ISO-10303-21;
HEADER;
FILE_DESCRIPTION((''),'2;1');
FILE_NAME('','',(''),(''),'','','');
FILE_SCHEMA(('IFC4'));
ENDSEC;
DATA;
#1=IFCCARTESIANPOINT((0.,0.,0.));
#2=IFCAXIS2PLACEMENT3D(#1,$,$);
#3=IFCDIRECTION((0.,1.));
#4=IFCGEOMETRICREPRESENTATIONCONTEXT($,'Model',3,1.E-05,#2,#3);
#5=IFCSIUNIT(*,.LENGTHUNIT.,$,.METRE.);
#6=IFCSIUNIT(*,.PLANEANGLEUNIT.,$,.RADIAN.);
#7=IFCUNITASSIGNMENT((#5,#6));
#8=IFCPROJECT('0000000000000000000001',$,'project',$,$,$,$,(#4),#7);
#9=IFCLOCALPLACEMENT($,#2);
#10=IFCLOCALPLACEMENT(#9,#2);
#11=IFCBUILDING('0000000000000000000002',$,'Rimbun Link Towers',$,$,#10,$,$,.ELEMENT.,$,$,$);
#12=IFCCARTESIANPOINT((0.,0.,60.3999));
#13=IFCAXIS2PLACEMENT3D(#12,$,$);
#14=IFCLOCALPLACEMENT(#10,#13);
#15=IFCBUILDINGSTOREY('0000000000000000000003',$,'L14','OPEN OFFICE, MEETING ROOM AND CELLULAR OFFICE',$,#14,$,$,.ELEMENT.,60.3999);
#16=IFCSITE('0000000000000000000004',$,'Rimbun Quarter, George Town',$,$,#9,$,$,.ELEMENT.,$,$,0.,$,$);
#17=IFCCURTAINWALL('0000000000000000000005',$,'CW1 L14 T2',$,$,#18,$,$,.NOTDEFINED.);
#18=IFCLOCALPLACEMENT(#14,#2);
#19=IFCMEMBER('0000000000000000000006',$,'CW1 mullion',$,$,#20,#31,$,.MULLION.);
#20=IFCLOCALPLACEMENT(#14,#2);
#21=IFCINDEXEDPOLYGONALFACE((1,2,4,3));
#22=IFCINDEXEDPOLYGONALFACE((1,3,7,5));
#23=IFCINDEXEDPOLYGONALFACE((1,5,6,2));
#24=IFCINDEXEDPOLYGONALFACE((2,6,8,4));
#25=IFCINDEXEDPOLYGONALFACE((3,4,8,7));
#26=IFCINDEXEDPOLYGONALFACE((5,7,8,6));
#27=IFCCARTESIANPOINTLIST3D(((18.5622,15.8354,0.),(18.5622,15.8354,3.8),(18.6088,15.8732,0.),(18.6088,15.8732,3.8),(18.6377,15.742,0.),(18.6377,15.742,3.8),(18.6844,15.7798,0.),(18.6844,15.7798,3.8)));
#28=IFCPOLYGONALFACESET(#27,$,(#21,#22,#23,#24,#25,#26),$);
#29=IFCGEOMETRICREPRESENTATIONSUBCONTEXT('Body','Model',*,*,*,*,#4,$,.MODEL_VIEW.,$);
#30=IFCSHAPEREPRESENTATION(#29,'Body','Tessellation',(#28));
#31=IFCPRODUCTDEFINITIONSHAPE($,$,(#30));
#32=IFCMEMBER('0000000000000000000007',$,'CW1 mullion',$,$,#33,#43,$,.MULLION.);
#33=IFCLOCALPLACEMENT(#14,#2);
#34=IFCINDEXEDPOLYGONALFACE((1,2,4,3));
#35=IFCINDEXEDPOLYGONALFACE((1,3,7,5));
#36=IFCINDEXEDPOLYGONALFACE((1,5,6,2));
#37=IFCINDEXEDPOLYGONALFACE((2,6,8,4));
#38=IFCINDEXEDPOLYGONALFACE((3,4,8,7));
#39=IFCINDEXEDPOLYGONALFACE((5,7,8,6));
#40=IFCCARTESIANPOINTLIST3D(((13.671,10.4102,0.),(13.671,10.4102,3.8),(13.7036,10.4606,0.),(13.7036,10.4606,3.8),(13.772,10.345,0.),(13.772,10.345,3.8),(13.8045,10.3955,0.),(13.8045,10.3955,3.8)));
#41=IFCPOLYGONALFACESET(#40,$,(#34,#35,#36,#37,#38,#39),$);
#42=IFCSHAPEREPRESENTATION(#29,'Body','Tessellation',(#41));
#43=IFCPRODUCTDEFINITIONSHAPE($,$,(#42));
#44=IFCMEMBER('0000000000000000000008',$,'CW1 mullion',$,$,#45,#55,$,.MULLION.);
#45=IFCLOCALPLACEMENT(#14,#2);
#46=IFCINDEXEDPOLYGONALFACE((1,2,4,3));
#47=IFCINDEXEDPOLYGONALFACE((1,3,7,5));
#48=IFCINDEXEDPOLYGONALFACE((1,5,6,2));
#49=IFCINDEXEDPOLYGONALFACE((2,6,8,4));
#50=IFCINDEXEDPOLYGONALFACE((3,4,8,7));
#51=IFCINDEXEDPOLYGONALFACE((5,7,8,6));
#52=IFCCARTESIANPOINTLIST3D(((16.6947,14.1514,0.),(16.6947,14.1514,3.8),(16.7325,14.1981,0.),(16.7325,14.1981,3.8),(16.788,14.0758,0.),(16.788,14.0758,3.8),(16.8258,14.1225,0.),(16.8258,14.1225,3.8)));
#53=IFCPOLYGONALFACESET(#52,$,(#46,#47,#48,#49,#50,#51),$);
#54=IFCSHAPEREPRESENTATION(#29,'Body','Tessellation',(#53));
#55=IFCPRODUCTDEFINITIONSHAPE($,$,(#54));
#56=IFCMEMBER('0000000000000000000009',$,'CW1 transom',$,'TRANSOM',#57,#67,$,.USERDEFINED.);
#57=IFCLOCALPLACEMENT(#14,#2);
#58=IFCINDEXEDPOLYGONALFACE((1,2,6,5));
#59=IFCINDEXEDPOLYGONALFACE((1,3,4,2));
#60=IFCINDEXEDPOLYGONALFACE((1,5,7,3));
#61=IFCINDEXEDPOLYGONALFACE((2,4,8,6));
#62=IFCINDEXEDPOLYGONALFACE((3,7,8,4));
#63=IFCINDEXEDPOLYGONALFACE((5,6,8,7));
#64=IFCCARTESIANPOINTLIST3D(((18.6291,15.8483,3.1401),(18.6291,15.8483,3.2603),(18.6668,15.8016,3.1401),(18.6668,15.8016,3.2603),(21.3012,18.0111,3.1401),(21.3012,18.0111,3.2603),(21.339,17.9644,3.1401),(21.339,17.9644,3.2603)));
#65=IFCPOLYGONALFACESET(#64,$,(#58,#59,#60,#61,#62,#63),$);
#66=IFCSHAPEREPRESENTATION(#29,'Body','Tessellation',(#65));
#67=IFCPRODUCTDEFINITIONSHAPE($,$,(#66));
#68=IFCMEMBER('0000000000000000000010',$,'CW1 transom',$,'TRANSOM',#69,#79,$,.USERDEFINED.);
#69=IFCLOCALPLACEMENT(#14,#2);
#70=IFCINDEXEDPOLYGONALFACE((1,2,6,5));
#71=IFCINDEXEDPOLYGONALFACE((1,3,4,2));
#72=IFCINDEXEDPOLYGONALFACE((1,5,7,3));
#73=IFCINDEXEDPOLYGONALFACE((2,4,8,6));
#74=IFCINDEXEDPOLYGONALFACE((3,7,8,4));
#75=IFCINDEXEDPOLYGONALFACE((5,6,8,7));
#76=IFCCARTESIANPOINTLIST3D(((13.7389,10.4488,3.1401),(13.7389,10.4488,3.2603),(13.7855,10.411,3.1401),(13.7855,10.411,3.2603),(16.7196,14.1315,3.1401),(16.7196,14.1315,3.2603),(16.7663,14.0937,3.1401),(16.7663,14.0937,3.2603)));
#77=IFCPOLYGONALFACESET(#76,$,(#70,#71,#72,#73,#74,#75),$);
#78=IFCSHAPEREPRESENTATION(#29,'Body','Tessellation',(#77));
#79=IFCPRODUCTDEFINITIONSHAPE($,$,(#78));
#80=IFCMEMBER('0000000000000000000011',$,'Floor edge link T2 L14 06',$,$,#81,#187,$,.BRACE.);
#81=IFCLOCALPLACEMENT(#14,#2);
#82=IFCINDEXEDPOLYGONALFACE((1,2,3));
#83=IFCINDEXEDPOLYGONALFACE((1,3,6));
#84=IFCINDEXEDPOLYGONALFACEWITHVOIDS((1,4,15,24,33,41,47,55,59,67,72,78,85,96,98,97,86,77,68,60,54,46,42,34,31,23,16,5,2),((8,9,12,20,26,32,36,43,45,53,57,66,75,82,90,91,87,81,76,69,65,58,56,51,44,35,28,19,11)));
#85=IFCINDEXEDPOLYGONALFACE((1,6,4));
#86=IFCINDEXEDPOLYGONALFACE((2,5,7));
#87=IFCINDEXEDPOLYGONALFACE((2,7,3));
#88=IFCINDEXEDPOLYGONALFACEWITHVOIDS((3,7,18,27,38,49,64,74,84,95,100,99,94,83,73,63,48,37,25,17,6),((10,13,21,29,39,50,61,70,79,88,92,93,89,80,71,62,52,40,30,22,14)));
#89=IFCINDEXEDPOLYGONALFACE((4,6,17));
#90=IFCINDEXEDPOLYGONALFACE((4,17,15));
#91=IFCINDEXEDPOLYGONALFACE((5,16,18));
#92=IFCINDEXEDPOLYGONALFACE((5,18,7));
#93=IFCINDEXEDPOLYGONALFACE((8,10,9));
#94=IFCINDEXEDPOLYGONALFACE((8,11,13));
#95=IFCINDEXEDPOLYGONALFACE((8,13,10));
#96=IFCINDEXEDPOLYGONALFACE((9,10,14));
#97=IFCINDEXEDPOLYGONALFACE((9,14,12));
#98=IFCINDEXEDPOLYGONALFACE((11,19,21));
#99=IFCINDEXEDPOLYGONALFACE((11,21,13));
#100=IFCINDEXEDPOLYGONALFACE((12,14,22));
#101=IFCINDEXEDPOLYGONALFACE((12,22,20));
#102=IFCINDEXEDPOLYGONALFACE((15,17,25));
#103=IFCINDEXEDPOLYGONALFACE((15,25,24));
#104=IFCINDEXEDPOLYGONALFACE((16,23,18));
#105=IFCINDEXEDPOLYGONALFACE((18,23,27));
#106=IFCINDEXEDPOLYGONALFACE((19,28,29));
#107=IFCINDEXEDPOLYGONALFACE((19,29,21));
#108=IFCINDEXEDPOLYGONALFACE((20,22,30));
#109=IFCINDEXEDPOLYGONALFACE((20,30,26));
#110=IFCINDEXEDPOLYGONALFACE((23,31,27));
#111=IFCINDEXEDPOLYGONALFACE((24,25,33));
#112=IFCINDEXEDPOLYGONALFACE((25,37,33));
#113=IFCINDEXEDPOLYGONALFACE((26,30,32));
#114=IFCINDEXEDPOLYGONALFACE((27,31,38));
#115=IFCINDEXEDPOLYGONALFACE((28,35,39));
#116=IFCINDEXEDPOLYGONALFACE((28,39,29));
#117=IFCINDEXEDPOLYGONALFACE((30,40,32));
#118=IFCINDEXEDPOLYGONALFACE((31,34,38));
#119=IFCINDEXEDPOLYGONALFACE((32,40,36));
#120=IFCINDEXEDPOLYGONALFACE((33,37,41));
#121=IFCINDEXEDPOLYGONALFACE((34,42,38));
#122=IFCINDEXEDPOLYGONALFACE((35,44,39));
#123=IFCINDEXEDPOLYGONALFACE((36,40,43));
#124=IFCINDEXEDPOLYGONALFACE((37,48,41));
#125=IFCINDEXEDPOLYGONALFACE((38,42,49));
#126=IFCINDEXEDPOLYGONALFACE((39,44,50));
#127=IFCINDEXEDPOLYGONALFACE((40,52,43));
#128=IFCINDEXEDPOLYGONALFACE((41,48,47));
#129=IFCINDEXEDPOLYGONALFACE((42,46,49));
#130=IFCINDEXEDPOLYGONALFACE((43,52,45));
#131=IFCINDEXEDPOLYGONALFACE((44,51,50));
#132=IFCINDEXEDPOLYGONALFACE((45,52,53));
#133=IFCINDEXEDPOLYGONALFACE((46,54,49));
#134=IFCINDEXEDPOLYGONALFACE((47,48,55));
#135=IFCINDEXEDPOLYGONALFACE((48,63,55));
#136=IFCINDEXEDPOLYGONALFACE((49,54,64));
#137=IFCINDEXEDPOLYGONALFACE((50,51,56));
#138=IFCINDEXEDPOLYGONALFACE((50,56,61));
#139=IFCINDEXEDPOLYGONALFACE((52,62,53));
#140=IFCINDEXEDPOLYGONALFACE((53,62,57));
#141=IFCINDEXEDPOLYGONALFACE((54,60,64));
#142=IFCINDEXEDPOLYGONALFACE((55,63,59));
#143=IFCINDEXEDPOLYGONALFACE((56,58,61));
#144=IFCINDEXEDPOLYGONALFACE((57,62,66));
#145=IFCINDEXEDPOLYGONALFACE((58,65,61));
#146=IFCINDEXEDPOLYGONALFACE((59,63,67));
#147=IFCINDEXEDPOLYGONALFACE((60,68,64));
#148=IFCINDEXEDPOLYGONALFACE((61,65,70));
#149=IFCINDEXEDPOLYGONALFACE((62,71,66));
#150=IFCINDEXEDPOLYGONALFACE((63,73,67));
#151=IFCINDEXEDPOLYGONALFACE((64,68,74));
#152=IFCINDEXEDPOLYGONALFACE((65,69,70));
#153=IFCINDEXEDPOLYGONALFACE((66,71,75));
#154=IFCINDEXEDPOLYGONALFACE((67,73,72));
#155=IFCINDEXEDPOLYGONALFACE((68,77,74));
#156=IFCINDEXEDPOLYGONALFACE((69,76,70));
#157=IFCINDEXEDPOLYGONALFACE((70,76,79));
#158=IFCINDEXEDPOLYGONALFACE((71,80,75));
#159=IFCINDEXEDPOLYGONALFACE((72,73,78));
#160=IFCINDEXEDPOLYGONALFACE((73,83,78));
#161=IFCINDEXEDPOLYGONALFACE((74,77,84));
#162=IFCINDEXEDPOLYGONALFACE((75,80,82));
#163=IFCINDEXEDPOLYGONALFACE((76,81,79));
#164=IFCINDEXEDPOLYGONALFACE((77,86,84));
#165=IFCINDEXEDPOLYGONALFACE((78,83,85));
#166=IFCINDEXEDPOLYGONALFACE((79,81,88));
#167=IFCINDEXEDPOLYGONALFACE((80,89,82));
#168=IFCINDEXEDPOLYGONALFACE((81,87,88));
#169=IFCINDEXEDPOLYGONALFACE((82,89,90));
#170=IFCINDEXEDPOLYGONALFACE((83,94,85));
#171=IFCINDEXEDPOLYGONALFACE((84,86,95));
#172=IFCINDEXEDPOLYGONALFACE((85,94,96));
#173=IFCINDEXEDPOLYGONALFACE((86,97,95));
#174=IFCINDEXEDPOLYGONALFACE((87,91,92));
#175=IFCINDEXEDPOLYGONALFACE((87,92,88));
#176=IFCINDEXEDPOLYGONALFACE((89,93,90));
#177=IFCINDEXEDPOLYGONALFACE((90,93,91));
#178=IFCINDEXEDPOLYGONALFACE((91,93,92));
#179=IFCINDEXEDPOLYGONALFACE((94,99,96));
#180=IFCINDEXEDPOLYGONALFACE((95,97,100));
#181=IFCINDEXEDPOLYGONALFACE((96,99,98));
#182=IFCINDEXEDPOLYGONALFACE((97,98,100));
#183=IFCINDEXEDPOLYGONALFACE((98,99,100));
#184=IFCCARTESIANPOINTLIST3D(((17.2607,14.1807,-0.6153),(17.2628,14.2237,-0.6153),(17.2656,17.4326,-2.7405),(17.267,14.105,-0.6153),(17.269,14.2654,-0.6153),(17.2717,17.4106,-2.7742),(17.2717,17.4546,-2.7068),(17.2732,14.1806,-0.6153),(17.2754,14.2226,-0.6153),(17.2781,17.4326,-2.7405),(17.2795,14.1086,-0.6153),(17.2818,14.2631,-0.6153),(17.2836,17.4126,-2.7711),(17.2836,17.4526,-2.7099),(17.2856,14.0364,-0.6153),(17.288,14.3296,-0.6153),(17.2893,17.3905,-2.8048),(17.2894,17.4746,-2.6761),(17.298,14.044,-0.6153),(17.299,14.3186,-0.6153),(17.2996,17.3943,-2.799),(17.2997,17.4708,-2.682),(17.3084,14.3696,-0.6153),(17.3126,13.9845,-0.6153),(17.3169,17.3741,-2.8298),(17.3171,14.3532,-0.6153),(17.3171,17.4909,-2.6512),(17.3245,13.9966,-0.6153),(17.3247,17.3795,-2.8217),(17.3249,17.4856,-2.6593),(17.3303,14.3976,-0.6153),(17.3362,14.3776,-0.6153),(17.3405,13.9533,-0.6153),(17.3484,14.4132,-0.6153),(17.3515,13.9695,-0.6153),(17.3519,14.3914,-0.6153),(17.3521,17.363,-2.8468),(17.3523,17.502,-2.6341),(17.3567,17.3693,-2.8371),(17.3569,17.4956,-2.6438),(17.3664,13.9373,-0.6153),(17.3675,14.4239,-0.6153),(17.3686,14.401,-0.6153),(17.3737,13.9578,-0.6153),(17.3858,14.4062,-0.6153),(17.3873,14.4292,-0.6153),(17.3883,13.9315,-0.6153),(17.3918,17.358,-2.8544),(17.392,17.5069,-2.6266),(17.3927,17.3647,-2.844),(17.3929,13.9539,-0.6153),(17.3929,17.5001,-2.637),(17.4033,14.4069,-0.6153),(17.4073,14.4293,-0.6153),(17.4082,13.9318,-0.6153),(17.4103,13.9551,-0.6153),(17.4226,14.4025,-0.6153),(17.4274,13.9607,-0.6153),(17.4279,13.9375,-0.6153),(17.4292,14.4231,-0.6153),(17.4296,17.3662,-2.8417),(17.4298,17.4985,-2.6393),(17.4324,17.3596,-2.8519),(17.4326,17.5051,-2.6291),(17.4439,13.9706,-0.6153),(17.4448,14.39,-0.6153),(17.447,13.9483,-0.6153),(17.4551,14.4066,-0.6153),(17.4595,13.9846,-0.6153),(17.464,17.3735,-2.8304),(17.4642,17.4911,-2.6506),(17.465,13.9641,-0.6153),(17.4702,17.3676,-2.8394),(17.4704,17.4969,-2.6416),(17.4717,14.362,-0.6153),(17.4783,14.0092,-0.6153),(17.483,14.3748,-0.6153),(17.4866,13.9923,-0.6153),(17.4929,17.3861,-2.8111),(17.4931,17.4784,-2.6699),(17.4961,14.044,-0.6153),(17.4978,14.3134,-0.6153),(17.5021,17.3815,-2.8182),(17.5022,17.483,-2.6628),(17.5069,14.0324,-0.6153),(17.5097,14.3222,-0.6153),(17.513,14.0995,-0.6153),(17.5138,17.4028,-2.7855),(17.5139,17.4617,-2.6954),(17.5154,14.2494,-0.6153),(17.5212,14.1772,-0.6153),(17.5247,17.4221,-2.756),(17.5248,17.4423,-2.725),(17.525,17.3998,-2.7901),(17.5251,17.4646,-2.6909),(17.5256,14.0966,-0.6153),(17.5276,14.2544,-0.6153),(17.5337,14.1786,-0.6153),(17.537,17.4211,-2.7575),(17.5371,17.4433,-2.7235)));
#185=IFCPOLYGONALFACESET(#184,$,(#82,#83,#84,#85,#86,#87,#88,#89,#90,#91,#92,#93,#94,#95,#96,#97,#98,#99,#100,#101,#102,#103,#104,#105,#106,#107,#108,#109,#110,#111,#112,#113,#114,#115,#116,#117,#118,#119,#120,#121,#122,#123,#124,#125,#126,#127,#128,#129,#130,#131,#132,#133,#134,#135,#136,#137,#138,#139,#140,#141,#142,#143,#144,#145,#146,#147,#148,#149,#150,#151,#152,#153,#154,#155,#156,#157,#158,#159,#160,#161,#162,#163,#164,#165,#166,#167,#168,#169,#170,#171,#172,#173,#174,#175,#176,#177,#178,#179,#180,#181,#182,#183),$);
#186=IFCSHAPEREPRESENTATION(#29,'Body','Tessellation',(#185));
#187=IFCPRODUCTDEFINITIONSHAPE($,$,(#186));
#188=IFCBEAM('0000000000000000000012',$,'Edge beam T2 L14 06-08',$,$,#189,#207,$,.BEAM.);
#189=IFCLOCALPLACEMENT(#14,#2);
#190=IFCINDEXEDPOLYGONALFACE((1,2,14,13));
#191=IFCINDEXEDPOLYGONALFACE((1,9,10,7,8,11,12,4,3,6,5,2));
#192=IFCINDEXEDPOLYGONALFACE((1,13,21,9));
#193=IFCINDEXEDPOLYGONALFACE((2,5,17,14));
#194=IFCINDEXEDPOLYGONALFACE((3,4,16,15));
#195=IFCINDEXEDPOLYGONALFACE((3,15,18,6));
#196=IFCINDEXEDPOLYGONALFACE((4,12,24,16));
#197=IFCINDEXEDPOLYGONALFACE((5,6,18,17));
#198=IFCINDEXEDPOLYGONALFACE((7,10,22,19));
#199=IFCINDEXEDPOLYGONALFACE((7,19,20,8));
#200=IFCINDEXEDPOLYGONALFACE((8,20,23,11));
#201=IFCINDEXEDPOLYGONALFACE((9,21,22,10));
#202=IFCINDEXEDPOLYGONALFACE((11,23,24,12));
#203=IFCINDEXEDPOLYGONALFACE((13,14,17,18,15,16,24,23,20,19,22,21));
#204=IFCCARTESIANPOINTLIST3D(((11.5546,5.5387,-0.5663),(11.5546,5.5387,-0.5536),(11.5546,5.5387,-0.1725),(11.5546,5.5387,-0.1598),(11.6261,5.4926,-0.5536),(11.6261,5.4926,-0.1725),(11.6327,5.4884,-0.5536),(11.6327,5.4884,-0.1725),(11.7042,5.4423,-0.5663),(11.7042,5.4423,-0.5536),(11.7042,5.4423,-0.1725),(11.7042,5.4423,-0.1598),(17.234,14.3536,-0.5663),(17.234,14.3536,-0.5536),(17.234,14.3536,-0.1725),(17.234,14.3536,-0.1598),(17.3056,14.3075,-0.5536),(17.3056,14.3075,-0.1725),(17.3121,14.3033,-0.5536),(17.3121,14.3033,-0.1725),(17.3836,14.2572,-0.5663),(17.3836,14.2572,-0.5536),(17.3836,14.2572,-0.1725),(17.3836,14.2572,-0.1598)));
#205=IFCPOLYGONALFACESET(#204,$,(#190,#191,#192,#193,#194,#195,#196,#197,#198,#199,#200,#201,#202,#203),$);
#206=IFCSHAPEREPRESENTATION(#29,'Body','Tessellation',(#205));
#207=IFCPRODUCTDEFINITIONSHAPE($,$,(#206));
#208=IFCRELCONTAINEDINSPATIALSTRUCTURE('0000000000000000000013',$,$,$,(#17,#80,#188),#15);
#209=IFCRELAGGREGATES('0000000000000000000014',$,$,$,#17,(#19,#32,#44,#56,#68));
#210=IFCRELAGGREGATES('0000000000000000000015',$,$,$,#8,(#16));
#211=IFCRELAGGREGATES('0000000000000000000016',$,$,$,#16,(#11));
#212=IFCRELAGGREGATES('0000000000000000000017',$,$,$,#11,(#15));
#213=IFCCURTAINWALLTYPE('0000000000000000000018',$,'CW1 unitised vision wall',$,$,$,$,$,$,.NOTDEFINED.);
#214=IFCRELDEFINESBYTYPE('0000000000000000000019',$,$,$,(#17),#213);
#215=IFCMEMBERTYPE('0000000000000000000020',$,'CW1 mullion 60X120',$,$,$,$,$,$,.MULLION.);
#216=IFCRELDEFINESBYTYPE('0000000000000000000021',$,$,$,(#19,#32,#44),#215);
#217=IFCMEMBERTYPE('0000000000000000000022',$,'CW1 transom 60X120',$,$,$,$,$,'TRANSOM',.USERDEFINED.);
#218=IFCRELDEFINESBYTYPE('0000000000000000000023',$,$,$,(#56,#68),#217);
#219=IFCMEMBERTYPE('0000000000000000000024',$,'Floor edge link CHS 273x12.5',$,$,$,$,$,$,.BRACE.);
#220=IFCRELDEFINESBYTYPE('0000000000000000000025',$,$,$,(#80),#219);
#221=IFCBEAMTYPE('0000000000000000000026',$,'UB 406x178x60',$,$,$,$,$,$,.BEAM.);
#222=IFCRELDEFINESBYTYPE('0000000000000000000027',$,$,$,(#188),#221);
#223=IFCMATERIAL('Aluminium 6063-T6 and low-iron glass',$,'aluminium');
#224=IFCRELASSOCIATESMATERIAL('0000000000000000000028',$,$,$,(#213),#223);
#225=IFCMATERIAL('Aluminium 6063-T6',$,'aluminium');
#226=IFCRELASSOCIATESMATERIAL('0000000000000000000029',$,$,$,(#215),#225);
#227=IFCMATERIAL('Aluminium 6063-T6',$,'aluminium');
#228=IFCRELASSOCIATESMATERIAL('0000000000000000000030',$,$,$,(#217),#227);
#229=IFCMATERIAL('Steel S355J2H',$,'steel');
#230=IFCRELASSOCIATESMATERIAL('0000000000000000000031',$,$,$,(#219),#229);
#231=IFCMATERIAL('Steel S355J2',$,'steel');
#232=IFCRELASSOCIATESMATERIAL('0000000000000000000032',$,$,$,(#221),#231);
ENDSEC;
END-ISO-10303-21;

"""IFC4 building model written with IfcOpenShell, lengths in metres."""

from ifc_helpers import new_model, si_unit, direction, frame, origin, origin_2d, place, context, subcontext, project, spatial, rectangle, hollow_circle, i_section, extrude, clip, halfspace, material, material_profile, profile_set, type_object, element, aggregate, save


model = new_model("IFC4")

# Units and contexts
model_context = context("Model", 3, precision=1e-05, world=origin(), true_north=direction((0.0, 1.0)))
body_context = subcontext(model_context, "Body", "Model", "MODEL_VIEW")
ifc_project = project(units=[si_unit("LENGTHUNIT", "METRE"), si_unit("PLANEANGLEUNIT", "RADIAN")], contexts=[model_context])

# Site, building, storey
site_placement = place(None, origin())
site = spatial("IfcSite", under=ifc_project, at=site_placement, Name="Rimbun Quarter, George Town", CompositionType="ELEMENT", RefElevation=0.0)
building_placement = place(site_placement, origin())
building = spatial("IfcBuilding", under=site, at=building_placement, Name="Rimbun Link Towers", CompositionType="ELEMENT")
storey_placement = place(building_placement, frame((0.0, 0.0, 60.3999)))
storey = spatial("IfcBuildingStorey", under=building, at=storey_placement, Name="L14", Description="OPEN OFFICE, MEETING ROOM AND CELLULAR OFFICE", CompositionType="ELEMENT", Elevation=60.3999)

# Curtain wall, members
ifc_material_1 = material(Name="Aluminium 6063-T6 and low-iron glass", Category="aluminium")
curtain_wall_type = type_object("IfcCurtainWallType", Name="CW1 unitised vision wall", PredefinedType="NOTDEFINED", material=ifc_material_1)
curtain_wall_placement = place(storey_placement, origin())
curtain_wall = element("IfcCurtainWall", 1, at=curtain_wall_placement, inside=storey, type_object=curtain_wall_type, Name="CW1 L14 T2", PredefinedType="NOTDEFINED")
ifc_material_2 = material(Name="Aluminium 6063-T6", Category="aluminium")
ifc_material_profile_1 = material_profile(ifc_material_2, rectangle(XDim=0.1201, YDim=0.0601, at=origin_2d()), Name="MULLION 60X120")
ifc_profile_set_1 = profile_set([ifc_material_profile_1], Name="Aluminium 6063-T6")
member_type_1 = type_object("IfcMemberType", Name="CW1 mullion 60X120", PredefinedType="MULLION", material=ifc_profile_set_1)
member_1_placement = place(storey_placement, frame((18.6233, 15.8076, 0.0), z_axis=(0.0, 0.0, 1.0), x_axis=(-0.629158, 0.777277, 0.0)))
member_1 = element("IfcMember", 2, at=member_1_placement, type_object=member_type_1, Name="CW1 mullion", PredefinedType="MULLION", context=body_context, shape_type="SweptSolid", body=[
    extrude(rectangle(XDim=0.1201, YDim=0.0601, at=origin_2d()), origin(), (0.0, 0.0, 1.0), 3.8),
])
member_2_placement = place(storey_placement, frame((13.7378, 10.4028, 0.0), z_axis=(0.0, 0.0, 1.0), x_axis=(-0.840311, 0.542105, 0.0)))
member_2 = element("IfcMember", 3, at=member_2_placement, type_object=member_type_1, Name="CW1 mullion", PredefinedType="MULLION", context=body_context, shape_type="SweptSolid", body=[
    extrude(rectangle(XDim=0.1201, YDim=0.0601, at=origin_2d()), origin(), (0.0, 0.0, 1.0), 3.8),
])
member_3_placement = place(storey_placement, frame((16.7603, 14.137, 0.0), z_axis=(0.0, 0.0, 1.0), x_axis=(-0.777277, 0.629158, 0.0)))
member_3 = element("IfcMember", 4, at=member_3_placement, type_object=member_type_1, Name="CW1 mullion", PredefinedType="MULLION", context=body_context, shape_type="SweptSolid", body=[
    extrude(rectangle(XDim=0.1201, YDim=0.0601, at=origin_2d()), origin(), (0.0, 0.0, 1.0), 3.8),
])
ifc_material_3 = material(Name="Aluminium 6063-T6", Category="aluminium")
ifc_material_profile_2 = material_profile(ifc_material_3, rectangle(XDim=0.0601, YDim=0.1201, at=origin_2d()), Name="TRANSOM 60X120")
ifc_profile_set_2 = profile_set([ifc_material_profile_2], Name="Aluminium 6063-T6")
member_type_2 = type_object("IfcMemberType", Name="CW1 transom 60X120", ElementType="TRANSOM", PredefinedType="USERDEFINED", material=ifc_profile_set_2)
member_4_placement = place(storey_placement, frame((18.6479, 15.825, 3.2002), z_axis=(0.777288, 0.629145, 0.0), x_axis=(-0.629145, 0.777288, 0.0)))
member_4 = element("IfcMember", 5, at=member_4_placement, type_object=member_type_2, Name="CW1 transom", ObjectType="TRANSOM", PredefinedType="USERDEFINED", context=body_context, shape_type="SweptSolid", body=[
    extrude(rectangle(XDim=0.0601, YDim=0.1201, at=origin_2d()), origin(), (0.0, 0.0, 1.0), 3.4377),
])
member_5_placement = place(storey_placement, frame((13.7622, 10.4299, 3.2002), z_axis=(0.62914, 0.777292, 0.0), x_axis=(-0.777292, 0.62914, 0.0)))
member_5 = element("IfcMember", 6, at=member_5_placement, type_object=member_type_2, Name="CW1 transom", ObjectType="TRANSOM", PredefinedType="USERDEFINED", context=body_context, shape_type="SweptSolid", body=[
    extrude(rectangle(XDim=0.0601, YDim=0.1201, at=origin_2d()), origin(), (0.0, 0.0, 1.0), 4.7378),
])

# Member
ifc_material_4 = material(Name="Steel S355J2H", Category="steel")
ifc_material_profile_3 = material_profile(ifc_material_4, hollow_circle(Radius=0.1365, WallThickness=0.0125, at=origin_2d()), Name="CHS 273x12.5")
ifc_profile_set_3 = profile_set([ifc_material_profile_3], Name="Steel S355J2H")
member_type_3 = type_object("IfcMemberType", Name="Floor edge link CHS 273x12.5", PredefinedType="BRACE", material=ifc_profile_set_3)
member_6_placement = place(storey_placement, frame((17.3975, 14.3525, -0.7278), z_axis=(0.001261, 0.837099, -0.54705), x_axis=(-0.999999, 0.001506, 0.0)))
element("IfcMember", 7, at=member_6_placement, inside=storey, type_object=member_type_3, Name="Floor edge link T2 L14 06", PredefinedType="BRACE", context=body_context, shape_type="Clipping", body=[
    clip(extrude(hollow_circle(Radius=0.1365, WallThickness=0.0125, at=origin_2d()), frame((0.0, 0.0, -0.436)), (0.0, 0.0, 1.0), 4.1152), halfspace(frame((0.0, 0.0, -0.2056), z_axis=(0.0, 0.8371, -0.54705)), False)),
])

# Beam
ifc_material_5 = material(Name="Steel S355J2", Category="steel")
ifc_material_profile_4 = material_profile(ifc_material_5, i_section(OverallWidth=0.178, OverallDepth=0.4065, WebThickness=0.0078, FlangeThickness=0.0127, at=origin_2d()), Name="UB 406x178x60")
ifc_profile_set_4 = profile_set([ifc_material_profile_4], Name="Steel S355J2")
beam_type = type_object("IfcBeamType", Name="UB 406x178x60", PredefinedType="BEAM", material=ifc_profile_set_4)
beam_placement = place(storey_placement, frame((17.3088, 14.3054, -0.363), z_axis=(-0.541614, -0.840627, 0.0), x_axis=(0.840627, -0.541614, 0.0)))
element("IfcBeam", 8, at=beam_placement, inside=storey, type_object=beam_type, Name="Edge beam T2 L14 06-08", PredefinedType="BEAM", context=body_context, shape_type="SweptSolid", body=[
    extrude(i_section(OverallWidth=0.178, OverallDepth=0.4065, WebThickness=0.0078, FlangeThickness=0.0127, at=origin_2d()), origin(), (0.0, 0.0, 1.0), 10.4861),
])

aggregate(curtain_wall, [member_1, member_2, member_3, member_4, member_5])

save(model, "model.ifc")
